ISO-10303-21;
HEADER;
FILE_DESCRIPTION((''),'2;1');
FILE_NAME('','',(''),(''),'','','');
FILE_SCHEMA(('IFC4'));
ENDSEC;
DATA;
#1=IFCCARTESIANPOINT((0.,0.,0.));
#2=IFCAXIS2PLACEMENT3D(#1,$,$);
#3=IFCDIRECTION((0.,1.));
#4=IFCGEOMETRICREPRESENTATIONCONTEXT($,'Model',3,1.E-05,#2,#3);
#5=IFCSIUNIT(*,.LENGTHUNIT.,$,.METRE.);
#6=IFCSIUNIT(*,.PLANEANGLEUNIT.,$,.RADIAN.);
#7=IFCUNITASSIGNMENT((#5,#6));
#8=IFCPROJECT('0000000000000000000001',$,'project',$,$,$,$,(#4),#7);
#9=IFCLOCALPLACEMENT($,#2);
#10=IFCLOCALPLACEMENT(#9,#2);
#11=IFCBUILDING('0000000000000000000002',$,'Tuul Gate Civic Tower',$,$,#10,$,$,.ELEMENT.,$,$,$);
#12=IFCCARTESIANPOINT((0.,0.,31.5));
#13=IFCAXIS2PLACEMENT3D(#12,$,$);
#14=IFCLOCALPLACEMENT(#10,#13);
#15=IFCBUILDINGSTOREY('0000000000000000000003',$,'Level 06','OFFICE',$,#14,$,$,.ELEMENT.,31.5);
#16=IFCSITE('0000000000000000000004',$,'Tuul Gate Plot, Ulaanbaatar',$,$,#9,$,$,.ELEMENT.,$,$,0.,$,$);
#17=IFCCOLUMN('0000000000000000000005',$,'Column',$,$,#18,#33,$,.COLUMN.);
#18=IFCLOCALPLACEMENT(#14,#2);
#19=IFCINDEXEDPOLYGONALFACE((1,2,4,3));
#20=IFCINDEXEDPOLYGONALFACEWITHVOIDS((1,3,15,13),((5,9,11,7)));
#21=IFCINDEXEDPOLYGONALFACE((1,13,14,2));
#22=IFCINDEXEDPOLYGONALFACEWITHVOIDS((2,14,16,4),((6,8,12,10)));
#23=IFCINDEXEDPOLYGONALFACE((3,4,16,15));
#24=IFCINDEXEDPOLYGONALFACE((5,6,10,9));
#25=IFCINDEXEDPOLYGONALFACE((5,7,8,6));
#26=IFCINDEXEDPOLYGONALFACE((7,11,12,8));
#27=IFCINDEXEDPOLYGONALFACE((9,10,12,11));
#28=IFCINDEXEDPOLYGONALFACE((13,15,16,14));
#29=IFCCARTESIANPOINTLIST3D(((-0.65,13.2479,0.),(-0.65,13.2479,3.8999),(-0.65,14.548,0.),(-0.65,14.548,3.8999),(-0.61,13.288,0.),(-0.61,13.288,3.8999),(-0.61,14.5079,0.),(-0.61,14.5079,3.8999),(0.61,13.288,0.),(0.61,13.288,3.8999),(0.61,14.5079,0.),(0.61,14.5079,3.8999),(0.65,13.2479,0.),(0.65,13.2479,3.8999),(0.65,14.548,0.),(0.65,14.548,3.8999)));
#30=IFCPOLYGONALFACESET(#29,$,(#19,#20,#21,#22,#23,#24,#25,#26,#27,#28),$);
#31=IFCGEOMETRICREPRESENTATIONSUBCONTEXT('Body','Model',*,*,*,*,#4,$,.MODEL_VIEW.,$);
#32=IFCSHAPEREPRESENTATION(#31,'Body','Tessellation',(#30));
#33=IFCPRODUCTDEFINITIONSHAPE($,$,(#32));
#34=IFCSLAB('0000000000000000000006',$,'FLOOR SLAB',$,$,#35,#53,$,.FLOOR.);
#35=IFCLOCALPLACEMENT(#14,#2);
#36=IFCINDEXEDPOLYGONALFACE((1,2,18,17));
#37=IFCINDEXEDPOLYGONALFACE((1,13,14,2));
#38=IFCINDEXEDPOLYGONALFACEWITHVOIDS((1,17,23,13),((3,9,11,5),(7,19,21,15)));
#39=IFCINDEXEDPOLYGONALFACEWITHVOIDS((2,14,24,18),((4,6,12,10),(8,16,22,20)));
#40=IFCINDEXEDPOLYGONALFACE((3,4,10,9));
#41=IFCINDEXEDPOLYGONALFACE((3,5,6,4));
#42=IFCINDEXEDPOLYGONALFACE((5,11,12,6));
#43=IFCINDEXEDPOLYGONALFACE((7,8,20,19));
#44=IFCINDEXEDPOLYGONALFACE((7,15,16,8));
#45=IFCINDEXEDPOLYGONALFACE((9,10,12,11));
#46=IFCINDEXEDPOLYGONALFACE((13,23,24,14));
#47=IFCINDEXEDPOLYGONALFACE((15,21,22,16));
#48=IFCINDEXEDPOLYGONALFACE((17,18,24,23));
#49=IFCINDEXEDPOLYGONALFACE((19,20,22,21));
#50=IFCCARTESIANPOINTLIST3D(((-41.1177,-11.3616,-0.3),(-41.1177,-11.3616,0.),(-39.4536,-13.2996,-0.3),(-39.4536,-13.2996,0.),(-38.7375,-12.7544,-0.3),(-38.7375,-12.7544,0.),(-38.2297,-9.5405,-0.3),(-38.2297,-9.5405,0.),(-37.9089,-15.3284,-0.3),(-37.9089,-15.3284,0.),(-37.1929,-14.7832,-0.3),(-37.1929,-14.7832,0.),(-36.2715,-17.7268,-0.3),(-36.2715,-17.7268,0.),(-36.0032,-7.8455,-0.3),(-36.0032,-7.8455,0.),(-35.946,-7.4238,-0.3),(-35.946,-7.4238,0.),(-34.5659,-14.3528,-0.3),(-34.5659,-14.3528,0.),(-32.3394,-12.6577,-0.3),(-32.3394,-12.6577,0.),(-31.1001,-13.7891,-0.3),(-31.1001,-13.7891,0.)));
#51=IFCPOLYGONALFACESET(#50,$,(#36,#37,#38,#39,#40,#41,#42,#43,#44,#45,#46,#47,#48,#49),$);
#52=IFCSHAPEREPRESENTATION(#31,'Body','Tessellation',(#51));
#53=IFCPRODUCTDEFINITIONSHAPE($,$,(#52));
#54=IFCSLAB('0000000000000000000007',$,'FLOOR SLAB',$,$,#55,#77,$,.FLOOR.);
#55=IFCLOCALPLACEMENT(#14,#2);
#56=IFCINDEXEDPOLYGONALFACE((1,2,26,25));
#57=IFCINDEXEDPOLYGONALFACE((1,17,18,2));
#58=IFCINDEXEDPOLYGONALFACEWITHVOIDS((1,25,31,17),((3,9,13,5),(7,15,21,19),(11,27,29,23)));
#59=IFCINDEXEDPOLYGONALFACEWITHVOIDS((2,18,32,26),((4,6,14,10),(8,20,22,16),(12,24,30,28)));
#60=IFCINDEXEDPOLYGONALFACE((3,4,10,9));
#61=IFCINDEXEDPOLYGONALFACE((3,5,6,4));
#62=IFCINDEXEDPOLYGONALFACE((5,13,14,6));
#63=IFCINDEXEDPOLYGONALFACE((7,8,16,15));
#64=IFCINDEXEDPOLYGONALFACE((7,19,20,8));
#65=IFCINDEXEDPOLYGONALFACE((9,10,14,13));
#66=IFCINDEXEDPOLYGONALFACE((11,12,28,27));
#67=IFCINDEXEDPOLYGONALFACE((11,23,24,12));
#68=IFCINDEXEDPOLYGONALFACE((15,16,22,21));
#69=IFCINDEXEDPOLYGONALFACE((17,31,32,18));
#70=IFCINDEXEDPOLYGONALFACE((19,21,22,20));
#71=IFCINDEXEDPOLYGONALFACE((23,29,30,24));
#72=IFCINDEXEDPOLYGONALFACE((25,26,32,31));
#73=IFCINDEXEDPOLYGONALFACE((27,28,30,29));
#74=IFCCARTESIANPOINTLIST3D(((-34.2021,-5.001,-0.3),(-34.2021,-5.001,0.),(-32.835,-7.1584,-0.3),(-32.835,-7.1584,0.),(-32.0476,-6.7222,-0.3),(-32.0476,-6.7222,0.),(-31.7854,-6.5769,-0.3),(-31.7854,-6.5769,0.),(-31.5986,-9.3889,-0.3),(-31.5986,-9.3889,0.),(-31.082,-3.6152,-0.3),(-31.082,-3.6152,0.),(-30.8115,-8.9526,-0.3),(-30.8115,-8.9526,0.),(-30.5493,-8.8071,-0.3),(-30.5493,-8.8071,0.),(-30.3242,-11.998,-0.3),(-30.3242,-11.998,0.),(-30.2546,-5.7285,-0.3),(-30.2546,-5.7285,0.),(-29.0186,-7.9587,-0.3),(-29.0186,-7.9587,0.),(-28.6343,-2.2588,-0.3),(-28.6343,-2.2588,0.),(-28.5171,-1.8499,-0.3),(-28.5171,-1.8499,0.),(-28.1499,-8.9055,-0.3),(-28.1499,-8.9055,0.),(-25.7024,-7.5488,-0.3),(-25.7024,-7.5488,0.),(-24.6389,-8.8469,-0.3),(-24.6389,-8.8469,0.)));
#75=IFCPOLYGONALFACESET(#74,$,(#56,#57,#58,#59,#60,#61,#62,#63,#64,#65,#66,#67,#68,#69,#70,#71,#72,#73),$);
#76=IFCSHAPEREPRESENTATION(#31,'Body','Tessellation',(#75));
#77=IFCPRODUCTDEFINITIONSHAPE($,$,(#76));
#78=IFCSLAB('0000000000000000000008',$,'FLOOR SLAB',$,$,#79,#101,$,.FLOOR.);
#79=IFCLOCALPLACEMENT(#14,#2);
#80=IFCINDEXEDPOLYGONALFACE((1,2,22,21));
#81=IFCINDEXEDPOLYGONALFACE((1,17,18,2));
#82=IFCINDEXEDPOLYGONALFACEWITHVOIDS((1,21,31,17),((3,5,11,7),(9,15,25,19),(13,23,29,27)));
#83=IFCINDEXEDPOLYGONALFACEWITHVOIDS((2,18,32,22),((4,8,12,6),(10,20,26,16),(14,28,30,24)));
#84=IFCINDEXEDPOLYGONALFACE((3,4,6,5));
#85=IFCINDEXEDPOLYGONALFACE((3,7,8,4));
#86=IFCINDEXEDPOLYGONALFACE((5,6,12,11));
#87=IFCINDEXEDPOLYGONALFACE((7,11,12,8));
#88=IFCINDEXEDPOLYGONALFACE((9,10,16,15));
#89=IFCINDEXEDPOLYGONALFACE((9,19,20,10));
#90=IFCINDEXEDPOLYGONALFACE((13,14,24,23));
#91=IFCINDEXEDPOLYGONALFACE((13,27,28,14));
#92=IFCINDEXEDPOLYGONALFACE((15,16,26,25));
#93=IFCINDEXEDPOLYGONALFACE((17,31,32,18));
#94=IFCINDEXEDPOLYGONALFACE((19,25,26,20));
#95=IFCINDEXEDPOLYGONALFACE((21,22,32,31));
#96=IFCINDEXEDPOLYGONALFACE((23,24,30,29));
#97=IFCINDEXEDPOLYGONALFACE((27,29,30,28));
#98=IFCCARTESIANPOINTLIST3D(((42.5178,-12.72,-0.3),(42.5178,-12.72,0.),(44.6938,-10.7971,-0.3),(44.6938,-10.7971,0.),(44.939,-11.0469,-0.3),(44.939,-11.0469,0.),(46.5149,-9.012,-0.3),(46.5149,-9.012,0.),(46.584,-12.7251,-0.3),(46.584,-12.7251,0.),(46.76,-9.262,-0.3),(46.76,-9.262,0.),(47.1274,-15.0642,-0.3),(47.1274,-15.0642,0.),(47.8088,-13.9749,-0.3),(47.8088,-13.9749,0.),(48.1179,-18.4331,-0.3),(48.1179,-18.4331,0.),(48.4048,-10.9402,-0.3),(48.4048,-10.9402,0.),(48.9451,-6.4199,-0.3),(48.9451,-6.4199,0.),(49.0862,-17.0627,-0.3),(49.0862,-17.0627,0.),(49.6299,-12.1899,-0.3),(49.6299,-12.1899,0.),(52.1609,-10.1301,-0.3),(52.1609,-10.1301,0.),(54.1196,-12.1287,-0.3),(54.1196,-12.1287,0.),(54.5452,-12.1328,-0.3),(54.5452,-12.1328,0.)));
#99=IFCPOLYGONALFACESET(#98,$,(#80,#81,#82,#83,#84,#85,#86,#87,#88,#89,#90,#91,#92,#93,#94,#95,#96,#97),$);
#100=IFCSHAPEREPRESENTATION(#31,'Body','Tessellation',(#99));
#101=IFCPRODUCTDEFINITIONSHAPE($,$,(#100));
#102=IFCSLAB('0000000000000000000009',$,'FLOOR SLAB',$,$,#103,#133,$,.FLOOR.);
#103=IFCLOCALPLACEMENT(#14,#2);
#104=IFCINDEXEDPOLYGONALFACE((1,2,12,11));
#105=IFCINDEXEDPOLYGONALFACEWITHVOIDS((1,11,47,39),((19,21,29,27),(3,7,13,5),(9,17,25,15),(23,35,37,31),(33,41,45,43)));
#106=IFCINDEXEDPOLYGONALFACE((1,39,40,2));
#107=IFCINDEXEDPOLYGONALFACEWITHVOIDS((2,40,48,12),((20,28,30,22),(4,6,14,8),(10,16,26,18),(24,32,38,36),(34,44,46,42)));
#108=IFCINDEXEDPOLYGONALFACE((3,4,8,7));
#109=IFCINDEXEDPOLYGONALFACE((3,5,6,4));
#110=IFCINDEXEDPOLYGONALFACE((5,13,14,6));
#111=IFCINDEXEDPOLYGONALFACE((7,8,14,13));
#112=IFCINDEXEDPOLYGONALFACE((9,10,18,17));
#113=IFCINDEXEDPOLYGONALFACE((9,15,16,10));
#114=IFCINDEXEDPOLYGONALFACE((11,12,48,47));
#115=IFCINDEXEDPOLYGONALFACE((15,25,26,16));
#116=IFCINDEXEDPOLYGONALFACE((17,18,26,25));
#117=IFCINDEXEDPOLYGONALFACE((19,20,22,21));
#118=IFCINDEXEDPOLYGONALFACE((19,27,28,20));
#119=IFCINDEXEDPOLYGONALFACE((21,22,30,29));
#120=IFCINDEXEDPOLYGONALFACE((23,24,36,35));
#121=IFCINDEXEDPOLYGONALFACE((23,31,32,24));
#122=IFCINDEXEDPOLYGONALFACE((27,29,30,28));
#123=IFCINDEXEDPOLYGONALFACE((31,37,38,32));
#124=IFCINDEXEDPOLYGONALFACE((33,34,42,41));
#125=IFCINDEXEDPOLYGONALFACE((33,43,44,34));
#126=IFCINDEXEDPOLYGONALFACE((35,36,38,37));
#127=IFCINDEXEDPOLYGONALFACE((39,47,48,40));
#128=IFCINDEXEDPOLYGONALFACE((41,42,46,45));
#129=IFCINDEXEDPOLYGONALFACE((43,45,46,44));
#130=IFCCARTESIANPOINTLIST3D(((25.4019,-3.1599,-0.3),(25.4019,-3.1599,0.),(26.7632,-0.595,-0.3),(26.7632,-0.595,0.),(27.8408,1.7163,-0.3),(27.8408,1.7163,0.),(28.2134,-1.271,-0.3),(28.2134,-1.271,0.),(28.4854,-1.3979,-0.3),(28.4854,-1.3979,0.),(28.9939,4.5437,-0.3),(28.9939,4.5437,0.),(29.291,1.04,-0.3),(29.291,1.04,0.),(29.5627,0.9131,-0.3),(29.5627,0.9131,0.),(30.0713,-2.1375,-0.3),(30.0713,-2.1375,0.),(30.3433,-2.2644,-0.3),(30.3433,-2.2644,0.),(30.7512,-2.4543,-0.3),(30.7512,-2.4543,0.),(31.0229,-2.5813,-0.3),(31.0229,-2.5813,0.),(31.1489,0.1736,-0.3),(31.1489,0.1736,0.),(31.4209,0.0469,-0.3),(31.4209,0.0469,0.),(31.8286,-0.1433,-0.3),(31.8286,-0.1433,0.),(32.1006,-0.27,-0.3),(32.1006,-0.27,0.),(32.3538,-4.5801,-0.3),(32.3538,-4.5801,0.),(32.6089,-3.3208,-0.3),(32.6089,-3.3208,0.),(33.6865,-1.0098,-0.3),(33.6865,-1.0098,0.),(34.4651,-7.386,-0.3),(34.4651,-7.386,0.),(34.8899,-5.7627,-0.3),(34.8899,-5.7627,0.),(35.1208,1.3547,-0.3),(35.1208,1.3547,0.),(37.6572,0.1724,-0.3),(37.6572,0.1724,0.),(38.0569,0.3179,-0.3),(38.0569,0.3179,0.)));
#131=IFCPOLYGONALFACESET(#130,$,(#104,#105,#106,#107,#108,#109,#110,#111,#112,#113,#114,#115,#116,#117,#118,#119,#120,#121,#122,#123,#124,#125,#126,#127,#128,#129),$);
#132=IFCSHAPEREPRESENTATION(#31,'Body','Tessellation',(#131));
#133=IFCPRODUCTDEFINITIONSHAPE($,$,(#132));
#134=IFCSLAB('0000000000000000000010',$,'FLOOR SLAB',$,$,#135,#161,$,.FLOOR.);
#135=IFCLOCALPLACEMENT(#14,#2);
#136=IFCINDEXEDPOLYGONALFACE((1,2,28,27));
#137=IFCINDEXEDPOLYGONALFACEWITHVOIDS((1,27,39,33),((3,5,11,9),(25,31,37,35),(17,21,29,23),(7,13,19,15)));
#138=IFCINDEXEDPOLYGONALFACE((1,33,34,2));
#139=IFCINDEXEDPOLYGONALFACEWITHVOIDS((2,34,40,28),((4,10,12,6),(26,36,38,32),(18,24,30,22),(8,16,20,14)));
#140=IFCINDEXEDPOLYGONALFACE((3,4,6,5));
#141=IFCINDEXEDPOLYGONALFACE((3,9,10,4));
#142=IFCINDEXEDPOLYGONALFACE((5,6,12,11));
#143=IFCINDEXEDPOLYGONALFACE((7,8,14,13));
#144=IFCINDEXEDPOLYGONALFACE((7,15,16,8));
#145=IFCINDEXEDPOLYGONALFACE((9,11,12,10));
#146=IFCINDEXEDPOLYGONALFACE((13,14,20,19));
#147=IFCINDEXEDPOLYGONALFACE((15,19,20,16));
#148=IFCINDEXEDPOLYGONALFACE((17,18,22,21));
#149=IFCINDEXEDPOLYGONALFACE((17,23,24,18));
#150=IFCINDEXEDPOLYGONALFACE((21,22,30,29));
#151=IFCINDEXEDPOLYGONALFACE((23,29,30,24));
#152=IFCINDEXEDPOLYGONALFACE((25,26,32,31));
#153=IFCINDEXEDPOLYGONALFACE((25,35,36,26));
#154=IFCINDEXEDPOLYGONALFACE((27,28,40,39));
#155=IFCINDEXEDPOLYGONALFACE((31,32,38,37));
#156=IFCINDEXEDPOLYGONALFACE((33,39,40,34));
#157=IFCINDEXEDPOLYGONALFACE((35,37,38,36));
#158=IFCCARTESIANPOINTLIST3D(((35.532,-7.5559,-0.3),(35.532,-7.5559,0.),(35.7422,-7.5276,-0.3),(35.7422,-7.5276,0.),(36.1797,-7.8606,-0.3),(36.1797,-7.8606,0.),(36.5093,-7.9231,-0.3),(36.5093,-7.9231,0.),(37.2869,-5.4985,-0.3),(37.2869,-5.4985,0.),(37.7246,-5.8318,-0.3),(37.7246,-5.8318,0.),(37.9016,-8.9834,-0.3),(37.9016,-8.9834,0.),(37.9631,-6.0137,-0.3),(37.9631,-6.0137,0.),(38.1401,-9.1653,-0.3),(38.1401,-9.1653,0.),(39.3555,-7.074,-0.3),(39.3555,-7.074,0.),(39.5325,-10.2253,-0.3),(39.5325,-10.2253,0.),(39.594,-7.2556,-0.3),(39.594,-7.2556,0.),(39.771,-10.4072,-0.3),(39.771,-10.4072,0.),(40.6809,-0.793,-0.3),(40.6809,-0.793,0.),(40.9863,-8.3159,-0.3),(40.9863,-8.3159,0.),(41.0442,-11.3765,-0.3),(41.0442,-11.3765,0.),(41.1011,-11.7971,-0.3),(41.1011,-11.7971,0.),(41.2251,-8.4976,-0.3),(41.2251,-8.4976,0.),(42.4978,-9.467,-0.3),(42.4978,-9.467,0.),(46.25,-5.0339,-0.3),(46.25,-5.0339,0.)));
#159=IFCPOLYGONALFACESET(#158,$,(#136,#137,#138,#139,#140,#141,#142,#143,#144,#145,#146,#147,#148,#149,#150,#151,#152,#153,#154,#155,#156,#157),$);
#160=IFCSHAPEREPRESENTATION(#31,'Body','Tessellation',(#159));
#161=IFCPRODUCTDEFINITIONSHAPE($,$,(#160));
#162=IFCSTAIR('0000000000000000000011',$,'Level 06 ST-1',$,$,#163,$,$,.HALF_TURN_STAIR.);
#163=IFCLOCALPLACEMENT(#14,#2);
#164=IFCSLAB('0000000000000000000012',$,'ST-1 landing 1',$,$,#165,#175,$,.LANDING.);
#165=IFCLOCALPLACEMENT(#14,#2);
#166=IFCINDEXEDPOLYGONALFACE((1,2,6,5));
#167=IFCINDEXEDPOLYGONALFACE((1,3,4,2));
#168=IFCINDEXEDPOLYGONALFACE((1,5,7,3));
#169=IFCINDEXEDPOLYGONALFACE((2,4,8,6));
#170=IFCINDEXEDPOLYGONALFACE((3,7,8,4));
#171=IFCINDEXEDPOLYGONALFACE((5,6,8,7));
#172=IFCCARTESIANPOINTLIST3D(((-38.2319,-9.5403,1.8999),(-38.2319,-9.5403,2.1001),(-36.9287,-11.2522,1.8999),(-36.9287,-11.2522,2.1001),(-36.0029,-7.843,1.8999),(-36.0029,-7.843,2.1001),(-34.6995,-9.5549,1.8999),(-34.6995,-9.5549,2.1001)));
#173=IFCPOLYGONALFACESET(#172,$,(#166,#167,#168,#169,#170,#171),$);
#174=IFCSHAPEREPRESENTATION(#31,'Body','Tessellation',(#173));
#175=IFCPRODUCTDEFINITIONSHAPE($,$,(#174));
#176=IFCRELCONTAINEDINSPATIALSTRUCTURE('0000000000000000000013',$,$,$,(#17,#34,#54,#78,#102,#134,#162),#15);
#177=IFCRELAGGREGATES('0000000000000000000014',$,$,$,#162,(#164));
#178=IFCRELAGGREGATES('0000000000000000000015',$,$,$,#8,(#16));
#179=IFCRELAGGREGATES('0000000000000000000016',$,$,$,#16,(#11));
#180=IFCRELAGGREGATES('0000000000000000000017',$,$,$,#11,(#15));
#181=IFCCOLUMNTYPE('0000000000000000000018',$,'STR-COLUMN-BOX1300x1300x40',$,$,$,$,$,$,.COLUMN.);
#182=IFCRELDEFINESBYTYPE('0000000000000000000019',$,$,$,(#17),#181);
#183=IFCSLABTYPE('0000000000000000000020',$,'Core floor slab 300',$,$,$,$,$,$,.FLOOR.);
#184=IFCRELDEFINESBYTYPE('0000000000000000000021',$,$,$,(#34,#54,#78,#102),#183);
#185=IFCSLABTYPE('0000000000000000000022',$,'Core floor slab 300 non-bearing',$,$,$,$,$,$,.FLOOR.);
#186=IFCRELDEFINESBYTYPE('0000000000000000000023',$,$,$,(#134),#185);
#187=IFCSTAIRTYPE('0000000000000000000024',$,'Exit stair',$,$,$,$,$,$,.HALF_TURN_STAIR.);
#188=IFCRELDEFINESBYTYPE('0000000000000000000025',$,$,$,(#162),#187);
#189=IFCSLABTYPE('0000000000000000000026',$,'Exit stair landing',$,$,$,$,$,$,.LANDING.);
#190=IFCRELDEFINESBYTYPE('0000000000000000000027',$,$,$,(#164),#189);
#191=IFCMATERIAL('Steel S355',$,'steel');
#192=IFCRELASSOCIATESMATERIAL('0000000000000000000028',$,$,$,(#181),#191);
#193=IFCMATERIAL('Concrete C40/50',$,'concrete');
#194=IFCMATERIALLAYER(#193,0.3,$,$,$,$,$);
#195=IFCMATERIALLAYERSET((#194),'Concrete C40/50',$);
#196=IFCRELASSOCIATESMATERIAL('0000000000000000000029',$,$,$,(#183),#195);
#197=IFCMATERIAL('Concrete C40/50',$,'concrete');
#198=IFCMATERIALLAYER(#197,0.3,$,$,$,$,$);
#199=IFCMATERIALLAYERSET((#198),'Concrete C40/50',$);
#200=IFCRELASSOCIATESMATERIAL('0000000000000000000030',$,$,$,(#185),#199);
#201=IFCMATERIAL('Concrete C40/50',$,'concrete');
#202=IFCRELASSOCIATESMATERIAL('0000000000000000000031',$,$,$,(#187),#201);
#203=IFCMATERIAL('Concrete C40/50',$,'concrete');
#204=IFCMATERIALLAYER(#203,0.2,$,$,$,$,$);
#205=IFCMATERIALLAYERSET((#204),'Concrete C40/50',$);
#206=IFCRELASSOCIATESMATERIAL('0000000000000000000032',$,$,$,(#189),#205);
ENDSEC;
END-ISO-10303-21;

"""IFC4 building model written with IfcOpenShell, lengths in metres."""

from ifc_helpers import new_model, si_unit, direction, frame, origin, origin_2d, place, context, subcontext, project, spatial, polyline, hollow_rectangle, outline, extrude, material, layer, layer_set, material_profile, profile_set, type_object, element, aggregate, save


model = new_model("IFC4")

# Units and contexts
model_context = context("Model", 3, precision=1e-05, world=origin(), true_north=direction((0.0, 1.0)))
body_context = subcontext(model_context, "Body", "Model", "MODEL_VIEW")
ifc_project = project(units=[si_unit("LENGTHUNIT", "METRE"), si_unit("PLANEANGLEUNIT", "RADIAN")], contexts=[model_context])

# Site, building, storey
site_placement = place(None, origin())
site = spatial("IfcSite", under=ifc_project, at=site_placement, Name="Tuul Gate Plot, Ulaanbaatar", CompositionType="ELEMENT", RefElevation=0.0)
building_placement = place(site_placement, origin())
building = spatial("IfcBuilding", under=site, at=building_placement, Name="Tuul Gate Civic Tower", CompositionType="ELEMENT")
storey_placement = place(building_placement, frame((0.0, 0.0, 31.5)))
storey = spatial("IfcBuildingStorey", under=building, at=storey_placement, Name="Level 06", Description="OFFICE", CompositionType="ELEMENT", Elevation=31.5)

# Column
ifc_material_1 = material(Name="Steel S355", Category="steel")
ifc_material_profile_1 = material_profile(ifc_material_1, hollow_rectangle(XDim=1.3, YDim=1.3, WallThickness=0.04, at=origin_2d()), Name="BOX1300x1300x40")
ifc_profile_set_1 = profile_set([ifc_material_profile_1], Name="Steel S355")
column_type = type_object("IfcColumnType", Name="STR-COLUMN-BOX1300x1300x40", PredefinedType="COLUMN", material=ifc_profile_set_1)
column_placement = place(storey_placement, frame((0.0, 13.8979, 0.0), z_axis=(0.0, 0.0, 1.0), x_axis=(1.0, 0.0, 0.0)))
element("IfcColumn", 1, at=column_placement, inside=storey, type_object=column_type, Name="Column", PredefinedType="COLUMN", context=body_context, shape_type="SweptSolid", body=[
    extrude(hollow_rectangle(XDim=1.3, YDim=1.3, WallThickness=0.04, at=origin_2d()), origin(), (0.0, 0.0, 1.0), 3.8999),
])

# Slabs
ifc_material_2 = material(Name="Concrete C40/50", Category="concrete")
ifc_layer_1 = layer(ifc_material_2, 0.3)
ifc_layer_set_1 = layer_set([ifc_layer_1], Name="Concrete C40/50")
slab_type_1 = type_object("IfcSlabType", Name="Core floor slab 300", PredefinedType="FLOOR", material=ifc_layer_set_1)
slab_1_placement = place(storey_placement, frame((0.0, 0.0, -0.3)))
element("IfcSlab", 2, at=slab_1_placement, inside=storey, type_object=slab_type_1, Name="FLOOR SLAB", PredefinedType="FLOOR", context=body_context, shape_type="SweptSolid", body=[
    extrude(outline(polyline([(-31.1001, -13.7891), (-35.946, -7.4238), (-41.1177, -11.3616), (-36.2715, -17.7268), (-31.1001, -13.7891)]), holes=[polyline([(-37.1929, -14.7832), (-38.7375, -12.7544), (-39.4536, -13.2996), (-37.9089, -15.3284), (-37.1929, -14.7832)]), polyline([(-32.3394, -12.6577), (-34.5659, -14.3528), (-38.2297, -9.5405), (-36.0032, -7.8455), (-32.3394, -12.6577)])]), origin(), (0.0, 0.0, 1.0), 0.3),
])
slab_2_placement = place(storey_placement, frame((0.0, 0.0, -0.3)))
element("IfcSlab", 3, at=slab_2_placement, inside=storey, type_object=slab_type_1, Name="FLOOR SLAB", PredefinedType="FLOOR", context=body_context, shape_type="SweptSolid", body=[
    extrude(outline(polyline([(-24.6389, -8.8469), (-28.5171, -1.8499), (-34.2021, -5.001), (-30.3242, -11.998), (-24.6389, -8.8469)]), holes=[polyline([(-29.0186, -7.9587), (-30.2546, -5.7285), (-31.7854, -6.5769), (-30.5493, -8.8071), (-29.0186, -7.9587)]), polyline([(-30.8115, -8.9526), (-32.0476, -6.7222), (-32.835, -7.1584), (-31.5986, -9.3889), (-30.8115, -8.9526)]), polyline([(-25.7024, -7.5488), (-28.1499, -8.9055), (-31.082, -3.6152), (-28.6343, -2.2588), (-25.7024, -7.5488)])]), origin(), (0.0, 0.0, 1.0), 0.3),
])
slab_3_placement = place(storey_placement, frame((0.0, 0.0, -0.3)))
element("IfcSlab", 4, at=slab_3_placement, inside=storey, type_object=slab_type_1, Name="FLOOR SLAB", PredefinedType="FLOOR", context=body_context, shape_type="SweptSolid", body=[
    extrude(outline(polyline([(48.1179, -18.4331), (54.5452, -12.1328), (48.9451, -6.4199), (42.5178, -12.72), (48.1179, -18.4331)]), holes=[polyline([(47.8088, -13.9749), (49.6299, -12.1899), (48.4048, -10.9402), (46.584, -12.7251), (47.8088, -13.9749)]), polyline([(44.939, -11.0469), (46.76, -9.262), (46.5149, -9.012), (44.6938, -10.7971), (44.939, -11.0469)]), polyline([(49.0862, -17.0627), (47.1274, -15.0642), (52.1609, -10.1301), (54.1196, -12.1287), (49.0862, -17.0627)])]), origin(), (0.0, 0.0, 1.0), 0.3),
])
slab_4_placement = place(storey_placement, frame((0.0, 0.0, -0.3)))
element("IfcSlab", 5, at=slab_4_placement, inside=storey, type_object=slab_type_1, Name="FLOOR SLAB", PredefinedType="FLOOR", context=body_context, shape_type="SweptSolid", body=[
    extrude(outline(polyline([(34.4651, -7.386), (38.0569, 0.3179), (28.9939, 4.5437), (25.4019, -3.1599), (34.4651, -7.386)]), holes=[polyline([(32.6089, -3.3208), (33.6865, -1.0098), (32.1006, -0.27), (31.0229, -2.5813), (32.6089, -3.3208)]), polyline([(30.0713, -2.1375), (31.1489, 0.1736), (29.5627, 0.9131), (28.4854, -1.3979), (30.0713, -2.1375)]), polyline([(30.7512, -2.4543), (31.8286, -0.1433), (31.4209, 0.0469), (30.3433, -2.2644), (30.7512, -2.4543)]), polyline([(28.2134, -1.271), (29.291, 1.04), (27.8408, 1.7163), (26.7632, -0.595), (28.2134, -1.271)]), polyline([(34.8899, -5.7627), (32.3538, -4.5801), (35.1208, 1.3547), (37.6572, 0.1724), (34.8899, -5.7627)])]), origin(), (0.0, 0.0, 1.0), 0.3),
])
ifc_material_3 = material(Name="Concrete C40/50", Category="concrete")
ifc_layer_2 = layer(ifc_material_3, 0.3)
ifc_layer_set_2 = layer_set([ifc_layer_2], Name="Concrete C40/50")
slab_type_2 = type_object("IfcSlabType", Name="Core floor slab 300 non-bearing", PredefinedType="FLOOR", material=ifc_layer_set_2)
slab_5_placement = place(storey_placement, frame((0.0, 0.0, -0.3)))
element("IfcSlab", 6, at=slab_5_placement, inside=storey, type_object=slab_type_2, Name="FLOOR SLAB", PredefinedType="FLOOR", context=body_context, shape_type="SweptSolid", body=[
    extrude(outline(polyline([(41.1011, -11.7971), (46.25, -5.0339), (40.6809, -0.793), (35.532, -7.5559), (41.1011, -11.7971)]), holes=[polyline([(41.0442, -11.3765), (42.4978, -9.467), (41.2251, -8.4976), (39.771, -10.4072), (41.0442, -11.3765)]), polyline([(39.5325, -10.2253), (40.9863, -8.3159), (39.594, -7.2556), (38.1401, -9.1653), (39.5325, -10.2253)]), polyline([(37.9016, -8.9834), (39.3555, -7.074), (37.9631, -6.0137), (36.5093, -7.9231), (37.9016, -8.9834)]), polyline([(36.1797, -7.8606), (37.7246, -5.8318), (37.2869, -5.4985), (35.7422, -7.5276), (36.1797, -7.8606)])]), origin(), (0.0, 0.0, 1.0), 0.3),
])

# Stair, slab
ifc_material_4 = material(Name="Concrete C40/50", Category="concrete")
stair_type = type_object("IfcStairType", Name="Exit stair", PredefinedType="HALF_TURN_STAIR", material=ifc_material_4)
stair_1_placement = place(storey_placement, origin())
stair_1 = element("IfcStair", 7, at=stair_1_placement, inside=storey, type_object=stair_type, Name="Level 06 ST-1", PredefinedType="HALF_TURN_STAIR")
ifc_material_5 = material(Name="Concrete C40/50", Category="concrete")
ifc_layer_3 = layer(ifc_material_5, 0.2)
ifc_layer_set_3 = layer_set([ifc_layer_3], Name="Concrete C40/50")
slab_type_3 = type_object("IfcSlabType", Name="Exit stair landing", PredefinedType="LANDING", material=ifc_layer_set_3)
slab_6_placement = place(storey_placement, frame((0.0, 0.0, 1.8999)))
slab_6 = element("IfcSlab", 8, at=slab_6_placement, type_object=slab_type_3, Name="ST-1 landing 1", PredefinedType="LANDING", context=body_context, shape_type="SweptSolid", body=[
    extrude(outline(polyline([(-34.6995, -9.5549), (-36.9287, -11.2522), (-38.2319, -9.5403), (-36.0029, -7.843), (-34.6995, -9.5549)])), origin(), (0.0, 0.0, 1.0), 0.2002),
])
aggregate(stair_1, [slab_6])

save(model, "model.ifc")
